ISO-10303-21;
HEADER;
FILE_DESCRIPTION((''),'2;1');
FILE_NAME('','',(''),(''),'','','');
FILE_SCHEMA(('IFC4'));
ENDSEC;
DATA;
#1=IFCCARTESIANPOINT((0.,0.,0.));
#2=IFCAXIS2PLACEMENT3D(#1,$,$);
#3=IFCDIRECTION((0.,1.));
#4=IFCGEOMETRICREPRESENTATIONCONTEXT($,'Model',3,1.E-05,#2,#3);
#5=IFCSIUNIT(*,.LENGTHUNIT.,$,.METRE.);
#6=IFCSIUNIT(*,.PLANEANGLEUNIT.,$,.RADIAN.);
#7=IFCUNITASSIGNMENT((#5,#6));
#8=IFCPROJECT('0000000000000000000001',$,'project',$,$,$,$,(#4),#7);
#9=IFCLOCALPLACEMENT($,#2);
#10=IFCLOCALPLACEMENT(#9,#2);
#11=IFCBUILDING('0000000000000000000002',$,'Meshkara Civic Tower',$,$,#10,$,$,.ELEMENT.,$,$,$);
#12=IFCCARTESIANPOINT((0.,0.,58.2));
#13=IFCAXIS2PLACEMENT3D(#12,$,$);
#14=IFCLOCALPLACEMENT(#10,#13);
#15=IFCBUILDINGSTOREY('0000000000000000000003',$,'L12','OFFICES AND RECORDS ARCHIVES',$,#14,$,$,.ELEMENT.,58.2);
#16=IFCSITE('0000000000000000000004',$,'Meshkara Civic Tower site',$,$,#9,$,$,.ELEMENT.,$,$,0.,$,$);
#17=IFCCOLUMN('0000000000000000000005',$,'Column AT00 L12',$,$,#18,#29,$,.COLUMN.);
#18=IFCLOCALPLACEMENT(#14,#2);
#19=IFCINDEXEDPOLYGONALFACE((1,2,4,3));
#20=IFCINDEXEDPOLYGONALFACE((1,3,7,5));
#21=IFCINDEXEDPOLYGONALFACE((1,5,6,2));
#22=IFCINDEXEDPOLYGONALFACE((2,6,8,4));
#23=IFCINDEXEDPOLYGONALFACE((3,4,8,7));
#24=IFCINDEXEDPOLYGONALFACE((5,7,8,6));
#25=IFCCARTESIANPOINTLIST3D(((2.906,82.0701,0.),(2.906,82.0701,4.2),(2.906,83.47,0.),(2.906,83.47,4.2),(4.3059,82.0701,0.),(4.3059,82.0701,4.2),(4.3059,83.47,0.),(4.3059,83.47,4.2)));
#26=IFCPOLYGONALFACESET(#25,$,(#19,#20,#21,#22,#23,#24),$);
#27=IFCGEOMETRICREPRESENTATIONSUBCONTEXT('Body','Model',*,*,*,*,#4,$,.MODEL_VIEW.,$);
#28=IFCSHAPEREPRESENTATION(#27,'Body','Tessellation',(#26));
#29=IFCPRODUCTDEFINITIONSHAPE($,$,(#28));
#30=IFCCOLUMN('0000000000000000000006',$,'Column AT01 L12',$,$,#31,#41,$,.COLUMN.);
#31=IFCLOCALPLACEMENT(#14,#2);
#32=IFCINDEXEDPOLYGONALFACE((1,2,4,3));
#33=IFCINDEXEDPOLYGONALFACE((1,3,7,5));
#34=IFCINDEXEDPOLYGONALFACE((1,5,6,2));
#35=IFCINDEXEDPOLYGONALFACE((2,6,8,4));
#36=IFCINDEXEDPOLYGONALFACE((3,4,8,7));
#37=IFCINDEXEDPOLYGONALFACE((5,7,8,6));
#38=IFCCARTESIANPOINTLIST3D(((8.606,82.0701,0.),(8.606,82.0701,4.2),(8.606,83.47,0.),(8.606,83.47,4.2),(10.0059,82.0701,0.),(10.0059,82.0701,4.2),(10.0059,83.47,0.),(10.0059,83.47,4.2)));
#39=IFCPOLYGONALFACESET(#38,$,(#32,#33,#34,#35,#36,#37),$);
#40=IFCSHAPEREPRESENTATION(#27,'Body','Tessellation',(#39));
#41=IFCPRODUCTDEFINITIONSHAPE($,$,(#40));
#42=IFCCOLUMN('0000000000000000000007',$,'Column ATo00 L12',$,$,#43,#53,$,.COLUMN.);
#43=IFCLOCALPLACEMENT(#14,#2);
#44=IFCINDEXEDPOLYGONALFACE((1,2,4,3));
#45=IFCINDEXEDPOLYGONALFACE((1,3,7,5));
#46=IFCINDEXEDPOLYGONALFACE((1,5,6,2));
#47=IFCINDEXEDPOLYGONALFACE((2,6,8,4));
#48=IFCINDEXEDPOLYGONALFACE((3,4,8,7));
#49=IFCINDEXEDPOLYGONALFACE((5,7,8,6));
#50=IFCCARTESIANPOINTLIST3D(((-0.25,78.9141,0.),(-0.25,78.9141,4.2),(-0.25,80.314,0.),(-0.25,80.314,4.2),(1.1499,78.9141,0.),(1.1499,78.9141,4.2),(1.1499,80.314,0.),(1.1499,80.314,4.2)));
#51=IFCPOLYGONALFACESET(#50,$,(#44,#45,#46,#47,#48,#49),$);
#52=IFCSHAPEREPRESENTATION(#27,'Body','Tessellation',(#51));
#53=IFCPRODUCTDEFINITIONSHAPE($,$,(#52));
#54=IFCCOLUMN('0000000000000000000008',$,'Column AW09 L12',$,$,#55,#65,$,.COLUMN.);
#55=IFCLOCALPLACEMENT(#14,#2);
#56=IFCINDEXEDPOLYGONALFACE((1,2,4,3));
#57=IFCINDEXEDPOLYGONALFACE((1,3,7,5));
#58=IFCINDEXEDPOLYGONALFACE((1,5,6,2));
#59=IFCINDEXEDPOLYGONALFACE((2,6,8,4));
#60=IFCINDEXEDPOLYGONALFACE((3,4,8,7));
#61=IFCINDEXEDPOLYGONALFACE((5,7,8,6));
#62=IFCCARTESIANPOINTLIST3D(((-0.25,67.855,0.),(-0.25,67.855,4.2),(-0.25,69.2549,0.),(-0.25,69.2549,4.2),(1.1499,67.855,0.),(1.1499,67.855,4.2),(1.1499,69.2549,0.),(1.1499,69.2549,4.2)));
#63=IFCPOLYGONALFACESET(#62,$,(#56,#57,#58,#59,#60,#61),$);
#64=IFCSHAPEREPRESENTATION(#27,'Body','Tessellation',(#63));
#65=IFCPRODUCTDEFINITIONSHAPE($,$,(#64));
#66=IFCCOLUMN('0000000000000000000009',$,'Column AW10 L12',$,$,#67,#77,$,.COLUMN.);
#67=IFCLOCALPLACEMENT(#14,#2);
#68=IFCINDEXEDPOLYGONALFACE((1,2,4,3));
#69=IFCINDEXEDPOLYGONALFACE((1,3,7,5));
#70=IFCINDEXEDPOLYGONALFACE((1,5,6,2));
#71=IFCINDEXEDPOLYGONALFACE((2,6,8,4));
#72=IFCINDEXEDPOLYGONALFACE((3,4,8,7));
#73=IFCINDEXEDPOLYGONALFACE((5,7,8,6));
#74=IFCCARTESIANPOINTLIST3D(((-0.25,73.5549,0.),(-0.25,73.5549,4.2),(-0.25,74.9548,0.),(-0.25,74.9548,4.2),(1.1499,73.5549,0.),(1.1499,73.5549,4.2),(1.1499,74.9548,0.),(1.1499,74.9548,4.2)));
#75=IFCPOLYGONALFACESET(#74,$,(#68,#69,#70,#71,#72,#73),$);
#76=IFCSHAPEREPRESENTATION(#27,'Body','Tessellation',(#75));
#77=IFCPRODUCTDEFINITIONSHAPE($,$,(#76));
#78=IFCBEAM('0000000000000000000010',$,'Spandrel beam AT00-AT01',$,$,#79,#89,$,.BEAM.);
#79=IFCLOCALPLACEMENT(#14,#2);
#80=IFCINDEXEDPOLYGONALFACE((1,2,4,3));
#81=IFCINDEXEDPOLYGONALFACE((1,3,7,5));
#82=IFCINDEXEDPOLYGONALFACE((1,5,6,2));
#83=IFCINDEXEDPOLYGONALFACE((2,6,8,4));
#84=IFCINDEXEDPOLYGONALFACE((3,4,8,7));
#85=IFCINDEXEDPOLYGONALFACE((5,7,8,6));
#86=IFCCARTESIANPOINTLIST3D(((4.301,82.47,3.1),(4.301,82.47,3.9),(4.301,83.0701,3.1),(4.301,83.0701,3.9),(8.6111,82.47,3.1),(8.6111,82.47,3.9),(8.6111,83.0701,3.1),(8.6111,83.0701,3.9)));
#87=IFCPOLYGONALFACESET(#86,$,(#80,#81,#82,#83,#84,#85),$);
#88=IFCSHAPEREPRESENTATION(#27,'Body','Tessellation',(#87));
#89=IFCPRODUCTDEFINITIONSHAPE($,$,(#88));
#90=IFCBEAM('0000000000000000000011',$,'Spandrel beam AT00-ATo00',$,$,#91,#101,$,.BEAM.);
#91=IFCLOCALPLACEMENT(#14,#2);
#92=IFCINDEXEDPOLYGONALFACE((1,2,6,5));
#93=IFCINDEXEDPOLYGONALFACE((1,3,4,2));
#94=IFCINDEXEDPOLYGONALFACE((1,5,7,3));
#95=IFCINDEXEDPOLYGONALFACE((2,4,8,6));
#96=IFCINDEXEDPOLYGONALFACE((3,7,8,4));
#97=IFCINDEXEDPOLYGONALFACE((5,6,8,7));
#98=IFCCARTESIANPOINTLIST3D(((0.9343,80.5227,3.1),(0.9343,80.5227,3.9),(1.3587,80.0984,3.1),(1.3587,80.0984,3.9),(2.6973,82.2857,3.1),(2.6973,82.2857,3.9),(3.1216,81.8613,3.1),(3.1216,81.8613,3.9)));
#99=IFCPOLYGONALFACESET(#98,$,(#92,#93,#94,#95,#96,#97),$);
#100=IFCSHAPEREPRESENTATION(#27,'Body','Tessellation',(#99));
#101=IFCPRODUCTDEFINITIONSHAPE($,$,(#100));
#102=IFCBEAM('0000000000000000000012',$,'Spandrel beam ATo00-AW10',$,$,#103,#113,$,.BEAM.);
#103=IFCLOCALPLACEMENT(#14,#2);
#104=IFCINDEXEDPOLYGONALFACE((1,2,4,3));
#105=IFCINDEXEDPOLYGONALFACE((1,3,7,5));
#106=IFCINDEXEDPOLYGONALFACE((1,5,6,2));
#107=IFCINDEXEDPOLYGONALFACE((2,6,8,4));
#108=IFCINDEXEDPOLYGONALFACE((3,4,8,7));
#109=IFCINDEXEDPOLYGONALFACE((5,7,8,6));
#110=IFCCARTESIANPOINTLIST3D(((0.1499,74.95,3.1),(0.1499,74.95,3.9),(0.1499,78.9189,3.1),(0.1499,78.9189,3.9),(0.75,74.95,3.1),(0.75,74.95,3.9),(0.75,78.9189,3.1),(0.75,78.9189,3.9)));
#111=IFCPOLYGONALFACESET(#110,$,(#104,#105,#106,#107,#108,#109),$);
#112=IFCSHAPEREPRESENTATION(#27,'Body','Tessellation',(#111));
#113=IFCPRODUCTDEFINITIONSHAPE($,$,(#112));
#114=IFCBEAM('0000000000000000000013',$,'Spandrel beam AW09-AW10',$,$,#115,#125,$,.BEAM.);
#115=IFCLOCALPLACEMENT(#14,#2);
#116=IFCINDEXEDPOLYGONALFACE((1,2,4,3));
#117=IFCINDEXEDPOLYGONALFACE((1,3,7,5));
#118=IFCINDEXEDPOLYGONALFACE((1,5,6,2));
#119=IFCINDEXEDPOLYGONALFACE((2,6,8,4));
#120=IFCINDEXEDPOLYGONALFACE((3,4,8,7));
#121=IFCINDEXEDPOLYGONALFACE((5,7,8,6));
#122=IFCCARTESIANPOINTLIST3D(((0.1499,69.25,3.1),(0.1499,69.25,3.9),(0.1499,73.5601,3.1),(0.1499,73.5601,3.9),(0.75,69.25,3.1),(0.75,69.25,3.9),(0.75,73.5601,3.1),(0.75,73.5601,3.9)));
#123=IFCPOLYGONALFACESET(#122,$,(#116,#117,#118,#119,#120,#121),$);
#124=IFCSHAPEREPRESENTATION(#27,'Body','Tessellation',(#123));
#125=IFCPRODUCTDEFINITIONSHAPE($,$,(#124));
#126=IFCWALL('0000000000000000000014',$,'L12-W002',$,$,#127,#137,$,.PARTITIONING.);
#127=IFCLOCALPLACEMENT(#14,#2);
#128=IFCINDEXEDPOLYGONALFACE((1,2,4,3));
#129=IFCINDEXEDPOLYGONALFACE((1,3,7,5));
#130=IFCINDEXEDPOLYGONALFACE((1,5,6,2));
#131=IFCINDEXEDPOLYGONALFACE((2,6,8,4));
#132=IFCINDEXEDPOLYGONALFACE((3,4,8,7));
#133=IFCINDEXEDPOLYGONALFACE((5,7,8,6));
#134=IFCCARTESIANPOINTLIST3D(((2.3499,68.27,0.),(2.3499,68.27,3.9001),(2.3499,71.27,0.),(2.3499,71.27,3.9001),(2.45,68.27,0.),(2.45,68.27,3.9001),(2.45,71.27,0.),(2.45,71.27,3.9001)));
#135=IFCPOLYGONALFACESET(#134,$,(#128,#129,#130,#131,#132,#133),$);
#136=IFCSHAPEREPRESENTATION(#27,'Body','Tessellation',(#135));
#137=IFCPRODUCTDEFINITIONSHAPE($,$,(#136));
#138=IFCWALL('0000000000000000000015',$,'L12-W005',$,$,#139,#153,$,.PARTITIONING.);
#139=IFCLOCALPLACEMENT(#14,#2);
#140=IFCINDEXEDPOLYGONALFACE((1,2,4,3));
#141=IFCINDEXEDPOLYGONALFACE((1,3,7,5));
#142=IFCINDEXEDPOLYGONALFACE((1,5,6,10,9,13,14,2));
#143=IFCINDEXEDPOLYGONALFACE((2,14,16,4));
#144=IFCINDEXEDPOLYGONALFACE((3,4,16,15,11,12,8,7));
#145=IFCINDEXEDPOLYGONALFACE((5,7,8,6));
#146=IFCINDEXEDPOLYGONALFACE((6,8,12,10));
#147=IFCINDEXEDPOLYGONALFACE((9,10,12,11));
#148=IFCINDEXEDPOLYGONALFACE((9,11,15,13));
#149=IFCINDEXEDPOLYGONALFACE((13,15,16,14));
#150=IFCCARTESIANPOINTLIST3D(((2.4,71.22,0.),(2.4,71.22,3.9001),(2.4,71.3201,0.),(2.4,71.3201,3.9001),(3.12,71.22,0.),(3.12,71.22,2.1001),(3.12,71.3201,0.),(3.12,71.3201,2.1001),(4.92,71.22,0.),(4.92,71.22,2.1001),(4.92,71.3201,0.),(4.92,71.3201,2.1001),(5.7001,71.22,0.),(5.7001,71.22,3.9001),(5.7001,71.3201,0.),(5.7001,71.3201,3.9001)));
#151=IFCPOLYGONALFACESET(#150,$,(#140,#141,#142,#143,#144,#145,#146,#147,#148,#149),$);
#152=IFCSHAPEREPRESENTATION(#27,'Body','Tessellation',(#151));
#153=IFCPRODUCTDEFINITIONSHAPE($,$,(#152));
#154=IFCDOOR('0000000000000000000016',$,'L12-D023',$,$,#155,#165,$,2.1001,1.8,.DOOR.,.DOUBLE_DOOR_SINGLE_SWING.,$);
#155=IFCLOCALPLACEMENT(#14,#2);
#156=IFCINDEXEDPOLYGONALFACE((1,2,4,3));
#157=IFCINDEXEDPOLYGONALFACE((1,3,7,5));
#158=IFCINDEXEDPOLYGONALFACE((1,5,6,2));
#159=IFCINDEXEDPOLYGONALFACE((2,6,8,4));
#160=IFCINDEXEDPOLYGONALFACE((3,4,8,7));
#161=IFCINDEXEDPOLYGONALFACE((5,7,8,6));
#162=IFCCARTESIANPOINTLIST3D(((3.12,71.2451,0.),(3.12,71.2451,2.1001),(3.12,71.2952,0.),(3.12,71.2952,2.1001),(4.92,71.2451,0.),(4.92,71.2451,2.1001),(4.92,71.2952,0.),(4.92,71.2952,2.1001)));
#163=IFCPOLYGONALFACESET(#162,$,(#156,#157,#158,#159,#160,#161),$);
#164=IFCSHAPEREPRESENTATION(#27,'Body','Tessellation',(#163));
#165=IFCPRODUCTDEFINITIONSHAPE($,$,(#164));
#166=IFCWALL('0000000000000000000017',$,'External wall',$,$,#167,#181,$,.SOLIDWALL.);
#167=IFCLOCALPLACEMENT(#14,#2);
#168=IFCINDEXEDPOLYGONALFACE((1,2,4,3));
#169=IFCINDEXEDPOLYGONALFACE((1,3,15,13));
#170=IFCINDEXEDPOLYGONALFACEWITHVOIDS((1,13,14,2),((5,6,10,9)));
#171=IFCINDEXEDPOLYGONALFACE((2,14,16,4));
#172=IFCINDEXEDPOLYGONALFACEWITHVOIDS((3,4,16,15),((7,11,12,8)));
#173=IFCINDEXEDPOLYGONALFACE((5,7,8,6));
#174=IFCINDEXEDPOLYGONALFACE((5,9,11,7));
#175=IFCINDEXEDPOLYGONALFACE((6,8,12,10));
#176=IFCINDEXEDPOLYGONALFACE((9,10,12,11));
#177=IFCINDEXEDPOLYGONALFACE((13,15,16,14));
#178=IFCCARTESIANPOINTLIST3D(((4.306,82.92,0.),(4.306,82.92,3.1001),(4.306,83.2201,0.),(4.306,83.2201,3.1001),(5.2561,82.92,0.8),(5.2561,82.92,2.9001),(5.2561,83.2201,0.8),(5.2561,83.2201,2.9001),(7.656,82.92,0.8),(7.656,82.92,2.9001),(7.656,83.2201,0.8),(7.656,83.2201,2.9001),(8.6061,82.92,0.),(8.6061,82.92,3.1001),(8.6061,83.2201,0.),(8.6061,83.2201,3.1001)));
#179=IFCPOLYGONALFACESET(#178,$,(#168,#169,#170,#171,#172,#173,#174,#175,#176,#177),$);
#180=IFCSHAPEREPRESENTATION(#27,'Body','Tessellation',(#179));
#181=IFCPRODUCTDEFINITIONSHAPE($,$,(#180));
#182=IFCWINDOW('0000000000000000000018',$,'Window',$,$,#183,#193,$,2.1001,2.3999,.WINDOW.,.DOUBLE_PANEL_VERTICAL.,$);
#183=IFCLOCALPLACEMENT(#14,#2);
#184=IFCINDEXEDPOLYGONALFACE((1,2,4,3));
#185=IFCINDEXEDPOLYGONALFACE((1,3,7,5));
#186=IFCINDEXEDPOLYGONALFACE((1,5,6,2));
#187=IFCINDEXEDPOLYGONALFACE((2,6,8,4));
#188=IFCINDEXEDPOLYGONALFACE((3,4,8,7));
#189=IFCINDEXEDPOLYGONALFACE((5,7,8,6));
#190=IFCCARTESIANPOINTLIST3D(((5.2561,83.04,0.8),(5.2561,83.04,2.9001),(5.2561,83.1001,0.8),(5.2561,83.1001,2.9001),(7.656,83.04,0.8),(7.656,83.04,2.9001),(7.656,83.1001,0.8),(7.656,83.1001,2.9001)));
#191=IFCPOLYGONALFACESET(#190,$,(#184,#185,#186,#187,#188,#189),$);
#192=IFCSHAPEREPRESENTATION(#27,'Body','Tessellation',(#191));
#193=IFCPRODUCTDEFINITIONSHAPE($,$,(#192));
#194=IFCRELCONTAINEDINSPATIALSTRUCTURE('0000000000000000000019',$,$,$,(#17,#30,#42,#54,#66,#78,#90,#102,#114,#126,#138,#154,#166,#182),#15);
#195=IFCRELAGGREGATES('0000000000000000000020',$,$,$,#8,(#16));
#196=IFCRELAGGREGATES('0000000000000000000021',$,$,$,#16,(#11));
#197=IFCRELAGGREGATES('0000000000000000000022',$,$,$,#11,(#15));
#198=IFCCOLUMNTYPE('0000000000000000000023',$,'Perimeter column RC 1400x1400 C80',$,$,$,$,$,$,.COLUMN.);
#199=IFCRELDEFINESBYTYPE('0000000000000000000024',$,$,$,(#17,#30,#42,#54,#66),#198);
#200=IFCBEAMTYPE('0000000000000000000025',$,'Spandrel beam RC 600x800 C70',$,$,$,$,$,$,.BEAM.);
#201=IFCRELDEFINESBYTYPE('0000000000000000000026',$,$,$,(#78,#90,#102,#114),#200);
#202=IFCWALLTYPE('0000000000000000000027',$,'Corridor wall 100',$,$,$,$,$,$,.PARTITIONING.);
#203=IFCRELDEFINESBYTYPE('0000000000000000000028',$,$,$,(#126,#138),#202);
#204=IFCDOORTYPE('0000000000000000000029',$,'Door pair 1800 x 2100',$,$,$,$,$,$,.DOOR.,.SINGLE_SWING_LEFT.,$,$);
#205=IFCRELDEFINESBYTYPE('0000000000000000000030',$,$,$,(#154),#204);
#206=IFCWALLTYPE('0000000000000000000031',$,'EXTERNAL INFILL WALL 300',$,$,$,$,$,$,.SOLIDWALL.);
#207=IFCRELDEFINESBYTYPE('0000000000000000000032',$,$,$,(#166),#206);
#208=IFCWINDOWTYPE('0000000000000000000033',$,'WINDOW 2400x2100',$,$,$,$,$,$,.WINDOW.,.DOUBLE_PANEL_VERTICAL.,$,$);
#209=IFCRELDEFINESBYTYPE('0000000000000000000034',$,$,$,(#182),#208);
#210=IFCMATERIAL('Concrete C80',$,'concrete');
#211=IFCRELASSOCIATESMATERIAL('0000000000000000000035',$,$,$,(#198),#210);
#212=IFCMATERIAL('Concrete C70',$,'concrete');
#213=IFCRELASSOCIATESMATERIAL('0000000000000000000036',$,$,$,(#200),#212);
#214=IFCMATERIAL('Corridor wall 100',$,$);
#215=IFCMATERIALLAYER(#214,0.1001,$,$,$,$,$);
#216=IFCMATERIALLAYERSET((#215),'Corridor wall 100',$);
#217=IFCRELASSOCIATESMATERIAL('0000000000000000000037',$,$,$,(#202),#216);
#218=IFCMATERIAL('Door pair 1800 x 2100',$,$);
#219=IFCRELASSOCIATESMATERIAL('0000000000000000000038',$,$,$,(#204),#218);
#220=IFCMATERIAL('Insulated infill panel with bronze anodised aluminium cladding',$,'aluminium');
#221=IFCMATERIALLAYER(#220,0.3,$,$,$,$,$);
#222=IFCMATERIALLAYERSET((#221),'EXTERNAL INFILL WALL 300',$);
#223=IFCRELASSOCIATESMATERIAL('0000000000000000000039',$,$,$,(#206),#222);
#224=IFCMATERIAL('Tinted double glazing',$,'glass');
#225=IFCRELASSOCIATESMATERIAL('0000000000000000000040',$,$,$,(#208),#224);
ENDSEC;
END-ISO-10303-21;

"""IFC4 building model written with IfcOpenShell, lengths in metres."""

from ifc_helpers import new_model, si_unit, direction, frame, frame_2d, origin, origin_2d, place, context, subcontext, project, spatial, rectangle, extrude, material, layer, layer_set, material_profile, profile_set, type_object, element, fill, save


model = new_model("IFC4")

# Units and contexts
model_context = context("Model", 3, precision=1e-05, world=origin(), true_north=direction((0.0, 1.0)))
body_context = subcontext(model_context, "Body", "Model", "MODEL_VIEW")
ifc_project = project(units=[si_unit("LENGTHUNIT", "METRE"), si_unit("PLANEANGLEUNIT", "RADIAN")], contexts=[model_context])

# Site, building, storey
site_placement = place(None, origin())
site = spatial("IfcSite", under=ifc_project, at=site_placement, Name="Meshkara Civic Tower site", CompositionType="ELEMENT", RefElevation=0.0)
building_placement = place(site_placement, origin())
building = spatial("IfcBuilding", under=site, at=building_placement, Name="Meshkara Civic Tower", CompositionType="ELEMENT")
storey_placement = place(building_placement, frame((0.0, 0.0, 58.2)))
storey = spatial("IfcBuildingStorey", under=building, at=storey_placement, Name="L12", Description="OFFICES AND RECORDS ARCHIVES", CompositionType="ELEMENT", Elevation=58.2)

# Columns
ifc_material_1 = material(Name="Concrete C80", Category="concrete")
ifc_material_profile_1 = material_profile(ifc_material_1, rectangle(XDim=1.3999, YDim=1.3999, at=origin_2d()))
ifc_profile_set_1 = profile_set([ifc_material_profile_1], Name="Concrete C80")
column_type = type_object("IfcColumnType", Name="Perimeter column RC 1400x1400 C80", PredefinedType="COLUMN", material=ifc_profile_set_1)
for number, where, z_axis, x_axis, name in (
    (1, (3.606, 82.77, 0.0), (0.0, 0.0, 1.0), (1.0, 0.0, 0.0), "Column AT00 L12"),
    (2, (9.3059, 82.77, 0.0), (0.0, 0.0, 1.0), (1.0, 0.0, 0.0), "Column AT01 L12"),
    (3, (0.45, 79.614, 0.0), (0.0, 0.0, 1.0), (1.0, 0.0, 0.0), "Column ATo00 L12"),
    (4, (0.45, 68.5549, 0.0), (0.0, 0.0, 1.0), (1.0, 0.0, 0.0), "Column AW09 L12"),
    (5, (0.45, 74.2549, 0.0), (0.0, 0.0, 1.0), (1.0, 0.0, 0.0), "Column AW10 L12"),
):
    element("IfcColumn", number, at=place(storey_placement, frame(where, z_axis=z_axis, x_axis=x_axis)), inside=storey, type_object=column_type, Name=name, PredefinedType="COLUMN", context=body_context, shape_type="SweptSolid", body=[
        extrude(rectangle(XDim=1.3999, YDim=1.3999, at=origin_2d()), origin(), (0.0, 0.0, 1.0), 4.2),
    ])

# Beams
ifc_material_2 = material(Name="Concrete C70", Category="concrete")
ifc_material_profile_2 = material_profile(ifc_material_2, rectangle(XDim=0.6001, YDim=0.8, at=origin_2d()))
ifc_profile_set_2 = profile_set([ifc_material_profile_2], Name="Concrete C70")
beam_type = type_object("IfcBeamType", Name="Spandrel beam RC 600x800 C70", PredefinedType="BEAM", material=ifc_profile_set_2)
beam_1_placement = place(storey_placement, frame((8.6111, 82.77, 3.5), z_axis=(-1.0, 0.0, 0.0), x_axis=(0.0, -1.0, 0.0)))
element("IfcBeam", 6, at=beam_1_placement, inside=storey, type_object=beam_type, Name="Spandrel beam AT00-AT01", PredefinedType="BEAM", context=body_context, shape_type="SweptSolid", body=[
    extrude(rectangle(XDim=0.6001, YDim=0.8, at=origin_2d()), origin(), (0.0, 0.0, 1.0), 4.3101),
])
beam_2_placement = place(storey_placement, frame((2.9094, 82.0735, 3.5), z_axis=(-0.707107, -0.707107, 0.0), x_axis=(0.707107, -0.707107, 0.0)))
element("IfcBeam", 7, at=beam_2_placement, inside=storey, type_object=beam_type, Name="Spandrel beam AT00-ATo00", PredefinedType="BEAM", context=body_context, shape_type="SweptSolid", body=[
    extrude(rectangle(XDim=0.6001, YDim=0.8, at=origin_2d()), origin(), (0.0, 0.0, 1.0), 2.4932),
])
beam_3_placement = place(storey_placement, frame((0.45, 78.9189, 3.5), z_axis=(0.0, -1.0, 0.0), x_axis=(1.0, 0.0, 0.0)))
element("IfcBeam", 8, at=beam_3_placement, inside=storey, type_object=beam_type, Name="Spandrel beam ATo00-AW10", PredefinedType="BEAM", context=body_context, shape_type="SweptSolid", body=[
    extrude(rectangle(XDim=0.6001, YDim=0.8, at=origin_2d()), origin(), (0.0, 0.0, 1.0), 3.969),
])
beam_4_placement = place(storey_placement, frame((0.45, 73.5601, 3.5), z_axis=(0.0, -1.0, 0.0), x_axis=(1.0, 0.0, 0.0)))
element("IfcBeam", 9, at=beam_4_placement, inside=storey, type_object=beam_type, Name="Spandrel beam AW09-AW10", PredefinedType="BEAM", context=body_context, shape_type="SweptSolid", body=[
    extrude(rectangle(XDim=0.6001, YDim=0.8, at=origin_2d()), origin(), (0.0, 0.0, 1.0), 4.3101),
])

# Wall
ifc_material_3 = material(Name="Corridor wall 100")
ifc_layer_1 = layer(ifc_material_3, 0.1001)
ifc_layer_set_1 = layer_set([ifc_layer_1], Name="Corridor wall 100")
wall_type_1 = type_object("IfcWallType", Name="Corridor wall 100", PredefinedType="PARTITIONING", material=ifc_layer_set_1)
wall_1_placement = place(storey_placement, frame((2.3999, 71.27, 0.0), z_axis=(0.0, 0.0, 1.0), x_axis=(0.0, -1.0, 0.0)))
element("IfcWall", 10, at=wall_1_placement, inside=storey, type_object=wall_type_1, Name="L12-W002", PredefinedType="PARTITIONING", context=body_context, shape_type="SweptSolid", body=[
    extrude(rectangle(XDim=3.0, YDim=0.1001, at=frame_2d((1.5, 0.0))), origin(), (0.0, 0.0, 1.0), 3.9001),
])

# Wall, opening, door
wall_2_placement = place(storey_placement, frame((5.7, 71.27, 0.0), z_axis=(0.0, 0.0, 1.0), x_axis=(-1.0, 0.0, 0.0)))
wall_2 = element("IfcWall", 11, at=wall_2_placement, inside=storey, type_object=wall_type_1, Name="L12-W005", PredefinedType="PARTITIONING", context=body_context, shape_type="SweptSolid", body=[
    extrude(rectangle(XDim=3.3, YDim=0.1001, at=frame_2d((1.6499, 0.0))), origin(), (0.0, 0.0, 1.0), 3.9001),
])
opening_1_placement = place(wall_2_placement, frame((0.78, 0.0, 0.0)))
opening_1 = element("IfcOpeningElement", 12, at=opening_1_placement, cuts=wall_2, PredefinedType="OPENING", context=body_context, shape_type="SweptSolid", body=[
    extrude(rectangle(XDim=1.8, YDim=2.1001, at=frame_2d((0.8999, 1.05))), frame((0.0, 0.0601, 0.0), z_axis=(0.0, -1.0, 0.0), x_axis=(1.0, 0.0, 0.0)), (0.0, 0.0, 1.0), 0.1201),
])
ifc_material_4 = material(Name="Door pair 1800 x 2100")
door_type_1 = type_object("IfcDoorType", Name="Door pair 1800 x 2100", OperationType="SINGLE_SWING_LEFT", PredefinedType="DOOR", material=ifc_material_4)
door_1_placement = place(opening_1_placement, origin())
door_1 = element("IfcDoor", 13, at=door_1_placement, inside=storey, type_object=door_type_1, Name="L12-D023", OperationType="DOUBLE_DOOR_SINGLE_SWING", OverallHeight=2.1001, OverallWidth=1.8, PredefinedType="DOOR", context=body_context, shape_type="SweptSolid", body=[
    extrude(rectangle(XDim=1.8, YDim=2.1001, at=frame_2d((0.8999, 1.05))), frame((0.0, 0.0249, 0.0), z_axis=(0.0, -1.0, 0.0), x_axis=(1.0, 0.0, 0.0)), (0.0, 0.0, 1.0), 0.05),
])
fill(opening_1, door_1)

# Wall, opening, window
ifc_material_5 = material(Name="Insulated infill panel with bronze anodised aluminium cladding", Category="aluminium")
ifc_layer_2 = layer(ifc_material_5, 0.3)
ifc_layer_set_2 = layer_set([ifc_layer_2], Name="EXTERNAL INFILL WALL 300")
wall_type_2 = type_object("IfcWallType", Name="EXTERNAL INFILL WALL 300", PredefinedType="SOLIDWALL", material=ifc_layer_set_2)
wall_3_placement = place(storey_placement, frame((8.606, 83.0701, 0.0), z_axis=(0.0, 0.0, 1.0), x_axis=(-1.0, 0.0, 0.0)))
wall_3 = element("IfcWall", 14, at=wall_3_placement, inside=storey, type_object=wall_type_2, Name="External wall", PredefinedType="SOLIDWALL", context=body_context, shape_type="SweptSolid", body=[
    extrude(rectangle(XDim=4.3, YDim=0.3, at=frame_2d((2.1499, 0.0))), origin(), (0.0, 0.0, 1.0), 3.1001),
])
opening_2_placement = place(wall_3_placement, frame((0.95, 0.0, 0.8)))
opening_2 = element("IfcOpeningElement", 15, at=opening_2_placement, cuts=wall_3, PredefinedType="OPENING", context=body_context, shape_type="SweptSolid", body=[
    extrude(rectangle(XDim=2.3999, YDim=2.1001, at=frame_2d((1.2, 1.05))), frame((0.0, 0.1599, 0.0), z_axis=(0.0, -1.0, 0.0), x_axis=(1.0, 0.0, 0.0)), (0.0, 0.0, 1.0), 0.3201),
])
ifc_material_6 = material(Name="Tinted double glazing", Category="glass")
window_type_1 = type_object("IfcWindowType", Name="WINDOW 2400x2100", PartitioningType="DOUBLE_PANEL_VERTICAL", PredefinedType="WINDOW", material=ifc_material_6)
window_1_placement = place(opening_2_placement, origin())
window_1 = element("IfcWindow", 16, at=window_1_placement, inside=storey, type_object=window_type_1, Name="Window", OverallHeight=2.1001, OverallWidth=2.3999, PartitioningType="DOUBLE_PANEL_VERTICAL", PredefinedType="WINDOW", context=body_context, shape_type="SweptSolid", body=[
    extrude(rectangle(XDim=2.3999, YDim=2.1001, at=frame_2d((1.2, 1.05))), frame((0.0, 0.03, 0.0), z_axis=(0.0, -1.0, 0.0), x_axis=(1.0, 0.0, 0.0)), (0.0, 0.0, 1.0), 0.0601),
])
fill(opening_2, window_1)

save(model, "model.ifc")
